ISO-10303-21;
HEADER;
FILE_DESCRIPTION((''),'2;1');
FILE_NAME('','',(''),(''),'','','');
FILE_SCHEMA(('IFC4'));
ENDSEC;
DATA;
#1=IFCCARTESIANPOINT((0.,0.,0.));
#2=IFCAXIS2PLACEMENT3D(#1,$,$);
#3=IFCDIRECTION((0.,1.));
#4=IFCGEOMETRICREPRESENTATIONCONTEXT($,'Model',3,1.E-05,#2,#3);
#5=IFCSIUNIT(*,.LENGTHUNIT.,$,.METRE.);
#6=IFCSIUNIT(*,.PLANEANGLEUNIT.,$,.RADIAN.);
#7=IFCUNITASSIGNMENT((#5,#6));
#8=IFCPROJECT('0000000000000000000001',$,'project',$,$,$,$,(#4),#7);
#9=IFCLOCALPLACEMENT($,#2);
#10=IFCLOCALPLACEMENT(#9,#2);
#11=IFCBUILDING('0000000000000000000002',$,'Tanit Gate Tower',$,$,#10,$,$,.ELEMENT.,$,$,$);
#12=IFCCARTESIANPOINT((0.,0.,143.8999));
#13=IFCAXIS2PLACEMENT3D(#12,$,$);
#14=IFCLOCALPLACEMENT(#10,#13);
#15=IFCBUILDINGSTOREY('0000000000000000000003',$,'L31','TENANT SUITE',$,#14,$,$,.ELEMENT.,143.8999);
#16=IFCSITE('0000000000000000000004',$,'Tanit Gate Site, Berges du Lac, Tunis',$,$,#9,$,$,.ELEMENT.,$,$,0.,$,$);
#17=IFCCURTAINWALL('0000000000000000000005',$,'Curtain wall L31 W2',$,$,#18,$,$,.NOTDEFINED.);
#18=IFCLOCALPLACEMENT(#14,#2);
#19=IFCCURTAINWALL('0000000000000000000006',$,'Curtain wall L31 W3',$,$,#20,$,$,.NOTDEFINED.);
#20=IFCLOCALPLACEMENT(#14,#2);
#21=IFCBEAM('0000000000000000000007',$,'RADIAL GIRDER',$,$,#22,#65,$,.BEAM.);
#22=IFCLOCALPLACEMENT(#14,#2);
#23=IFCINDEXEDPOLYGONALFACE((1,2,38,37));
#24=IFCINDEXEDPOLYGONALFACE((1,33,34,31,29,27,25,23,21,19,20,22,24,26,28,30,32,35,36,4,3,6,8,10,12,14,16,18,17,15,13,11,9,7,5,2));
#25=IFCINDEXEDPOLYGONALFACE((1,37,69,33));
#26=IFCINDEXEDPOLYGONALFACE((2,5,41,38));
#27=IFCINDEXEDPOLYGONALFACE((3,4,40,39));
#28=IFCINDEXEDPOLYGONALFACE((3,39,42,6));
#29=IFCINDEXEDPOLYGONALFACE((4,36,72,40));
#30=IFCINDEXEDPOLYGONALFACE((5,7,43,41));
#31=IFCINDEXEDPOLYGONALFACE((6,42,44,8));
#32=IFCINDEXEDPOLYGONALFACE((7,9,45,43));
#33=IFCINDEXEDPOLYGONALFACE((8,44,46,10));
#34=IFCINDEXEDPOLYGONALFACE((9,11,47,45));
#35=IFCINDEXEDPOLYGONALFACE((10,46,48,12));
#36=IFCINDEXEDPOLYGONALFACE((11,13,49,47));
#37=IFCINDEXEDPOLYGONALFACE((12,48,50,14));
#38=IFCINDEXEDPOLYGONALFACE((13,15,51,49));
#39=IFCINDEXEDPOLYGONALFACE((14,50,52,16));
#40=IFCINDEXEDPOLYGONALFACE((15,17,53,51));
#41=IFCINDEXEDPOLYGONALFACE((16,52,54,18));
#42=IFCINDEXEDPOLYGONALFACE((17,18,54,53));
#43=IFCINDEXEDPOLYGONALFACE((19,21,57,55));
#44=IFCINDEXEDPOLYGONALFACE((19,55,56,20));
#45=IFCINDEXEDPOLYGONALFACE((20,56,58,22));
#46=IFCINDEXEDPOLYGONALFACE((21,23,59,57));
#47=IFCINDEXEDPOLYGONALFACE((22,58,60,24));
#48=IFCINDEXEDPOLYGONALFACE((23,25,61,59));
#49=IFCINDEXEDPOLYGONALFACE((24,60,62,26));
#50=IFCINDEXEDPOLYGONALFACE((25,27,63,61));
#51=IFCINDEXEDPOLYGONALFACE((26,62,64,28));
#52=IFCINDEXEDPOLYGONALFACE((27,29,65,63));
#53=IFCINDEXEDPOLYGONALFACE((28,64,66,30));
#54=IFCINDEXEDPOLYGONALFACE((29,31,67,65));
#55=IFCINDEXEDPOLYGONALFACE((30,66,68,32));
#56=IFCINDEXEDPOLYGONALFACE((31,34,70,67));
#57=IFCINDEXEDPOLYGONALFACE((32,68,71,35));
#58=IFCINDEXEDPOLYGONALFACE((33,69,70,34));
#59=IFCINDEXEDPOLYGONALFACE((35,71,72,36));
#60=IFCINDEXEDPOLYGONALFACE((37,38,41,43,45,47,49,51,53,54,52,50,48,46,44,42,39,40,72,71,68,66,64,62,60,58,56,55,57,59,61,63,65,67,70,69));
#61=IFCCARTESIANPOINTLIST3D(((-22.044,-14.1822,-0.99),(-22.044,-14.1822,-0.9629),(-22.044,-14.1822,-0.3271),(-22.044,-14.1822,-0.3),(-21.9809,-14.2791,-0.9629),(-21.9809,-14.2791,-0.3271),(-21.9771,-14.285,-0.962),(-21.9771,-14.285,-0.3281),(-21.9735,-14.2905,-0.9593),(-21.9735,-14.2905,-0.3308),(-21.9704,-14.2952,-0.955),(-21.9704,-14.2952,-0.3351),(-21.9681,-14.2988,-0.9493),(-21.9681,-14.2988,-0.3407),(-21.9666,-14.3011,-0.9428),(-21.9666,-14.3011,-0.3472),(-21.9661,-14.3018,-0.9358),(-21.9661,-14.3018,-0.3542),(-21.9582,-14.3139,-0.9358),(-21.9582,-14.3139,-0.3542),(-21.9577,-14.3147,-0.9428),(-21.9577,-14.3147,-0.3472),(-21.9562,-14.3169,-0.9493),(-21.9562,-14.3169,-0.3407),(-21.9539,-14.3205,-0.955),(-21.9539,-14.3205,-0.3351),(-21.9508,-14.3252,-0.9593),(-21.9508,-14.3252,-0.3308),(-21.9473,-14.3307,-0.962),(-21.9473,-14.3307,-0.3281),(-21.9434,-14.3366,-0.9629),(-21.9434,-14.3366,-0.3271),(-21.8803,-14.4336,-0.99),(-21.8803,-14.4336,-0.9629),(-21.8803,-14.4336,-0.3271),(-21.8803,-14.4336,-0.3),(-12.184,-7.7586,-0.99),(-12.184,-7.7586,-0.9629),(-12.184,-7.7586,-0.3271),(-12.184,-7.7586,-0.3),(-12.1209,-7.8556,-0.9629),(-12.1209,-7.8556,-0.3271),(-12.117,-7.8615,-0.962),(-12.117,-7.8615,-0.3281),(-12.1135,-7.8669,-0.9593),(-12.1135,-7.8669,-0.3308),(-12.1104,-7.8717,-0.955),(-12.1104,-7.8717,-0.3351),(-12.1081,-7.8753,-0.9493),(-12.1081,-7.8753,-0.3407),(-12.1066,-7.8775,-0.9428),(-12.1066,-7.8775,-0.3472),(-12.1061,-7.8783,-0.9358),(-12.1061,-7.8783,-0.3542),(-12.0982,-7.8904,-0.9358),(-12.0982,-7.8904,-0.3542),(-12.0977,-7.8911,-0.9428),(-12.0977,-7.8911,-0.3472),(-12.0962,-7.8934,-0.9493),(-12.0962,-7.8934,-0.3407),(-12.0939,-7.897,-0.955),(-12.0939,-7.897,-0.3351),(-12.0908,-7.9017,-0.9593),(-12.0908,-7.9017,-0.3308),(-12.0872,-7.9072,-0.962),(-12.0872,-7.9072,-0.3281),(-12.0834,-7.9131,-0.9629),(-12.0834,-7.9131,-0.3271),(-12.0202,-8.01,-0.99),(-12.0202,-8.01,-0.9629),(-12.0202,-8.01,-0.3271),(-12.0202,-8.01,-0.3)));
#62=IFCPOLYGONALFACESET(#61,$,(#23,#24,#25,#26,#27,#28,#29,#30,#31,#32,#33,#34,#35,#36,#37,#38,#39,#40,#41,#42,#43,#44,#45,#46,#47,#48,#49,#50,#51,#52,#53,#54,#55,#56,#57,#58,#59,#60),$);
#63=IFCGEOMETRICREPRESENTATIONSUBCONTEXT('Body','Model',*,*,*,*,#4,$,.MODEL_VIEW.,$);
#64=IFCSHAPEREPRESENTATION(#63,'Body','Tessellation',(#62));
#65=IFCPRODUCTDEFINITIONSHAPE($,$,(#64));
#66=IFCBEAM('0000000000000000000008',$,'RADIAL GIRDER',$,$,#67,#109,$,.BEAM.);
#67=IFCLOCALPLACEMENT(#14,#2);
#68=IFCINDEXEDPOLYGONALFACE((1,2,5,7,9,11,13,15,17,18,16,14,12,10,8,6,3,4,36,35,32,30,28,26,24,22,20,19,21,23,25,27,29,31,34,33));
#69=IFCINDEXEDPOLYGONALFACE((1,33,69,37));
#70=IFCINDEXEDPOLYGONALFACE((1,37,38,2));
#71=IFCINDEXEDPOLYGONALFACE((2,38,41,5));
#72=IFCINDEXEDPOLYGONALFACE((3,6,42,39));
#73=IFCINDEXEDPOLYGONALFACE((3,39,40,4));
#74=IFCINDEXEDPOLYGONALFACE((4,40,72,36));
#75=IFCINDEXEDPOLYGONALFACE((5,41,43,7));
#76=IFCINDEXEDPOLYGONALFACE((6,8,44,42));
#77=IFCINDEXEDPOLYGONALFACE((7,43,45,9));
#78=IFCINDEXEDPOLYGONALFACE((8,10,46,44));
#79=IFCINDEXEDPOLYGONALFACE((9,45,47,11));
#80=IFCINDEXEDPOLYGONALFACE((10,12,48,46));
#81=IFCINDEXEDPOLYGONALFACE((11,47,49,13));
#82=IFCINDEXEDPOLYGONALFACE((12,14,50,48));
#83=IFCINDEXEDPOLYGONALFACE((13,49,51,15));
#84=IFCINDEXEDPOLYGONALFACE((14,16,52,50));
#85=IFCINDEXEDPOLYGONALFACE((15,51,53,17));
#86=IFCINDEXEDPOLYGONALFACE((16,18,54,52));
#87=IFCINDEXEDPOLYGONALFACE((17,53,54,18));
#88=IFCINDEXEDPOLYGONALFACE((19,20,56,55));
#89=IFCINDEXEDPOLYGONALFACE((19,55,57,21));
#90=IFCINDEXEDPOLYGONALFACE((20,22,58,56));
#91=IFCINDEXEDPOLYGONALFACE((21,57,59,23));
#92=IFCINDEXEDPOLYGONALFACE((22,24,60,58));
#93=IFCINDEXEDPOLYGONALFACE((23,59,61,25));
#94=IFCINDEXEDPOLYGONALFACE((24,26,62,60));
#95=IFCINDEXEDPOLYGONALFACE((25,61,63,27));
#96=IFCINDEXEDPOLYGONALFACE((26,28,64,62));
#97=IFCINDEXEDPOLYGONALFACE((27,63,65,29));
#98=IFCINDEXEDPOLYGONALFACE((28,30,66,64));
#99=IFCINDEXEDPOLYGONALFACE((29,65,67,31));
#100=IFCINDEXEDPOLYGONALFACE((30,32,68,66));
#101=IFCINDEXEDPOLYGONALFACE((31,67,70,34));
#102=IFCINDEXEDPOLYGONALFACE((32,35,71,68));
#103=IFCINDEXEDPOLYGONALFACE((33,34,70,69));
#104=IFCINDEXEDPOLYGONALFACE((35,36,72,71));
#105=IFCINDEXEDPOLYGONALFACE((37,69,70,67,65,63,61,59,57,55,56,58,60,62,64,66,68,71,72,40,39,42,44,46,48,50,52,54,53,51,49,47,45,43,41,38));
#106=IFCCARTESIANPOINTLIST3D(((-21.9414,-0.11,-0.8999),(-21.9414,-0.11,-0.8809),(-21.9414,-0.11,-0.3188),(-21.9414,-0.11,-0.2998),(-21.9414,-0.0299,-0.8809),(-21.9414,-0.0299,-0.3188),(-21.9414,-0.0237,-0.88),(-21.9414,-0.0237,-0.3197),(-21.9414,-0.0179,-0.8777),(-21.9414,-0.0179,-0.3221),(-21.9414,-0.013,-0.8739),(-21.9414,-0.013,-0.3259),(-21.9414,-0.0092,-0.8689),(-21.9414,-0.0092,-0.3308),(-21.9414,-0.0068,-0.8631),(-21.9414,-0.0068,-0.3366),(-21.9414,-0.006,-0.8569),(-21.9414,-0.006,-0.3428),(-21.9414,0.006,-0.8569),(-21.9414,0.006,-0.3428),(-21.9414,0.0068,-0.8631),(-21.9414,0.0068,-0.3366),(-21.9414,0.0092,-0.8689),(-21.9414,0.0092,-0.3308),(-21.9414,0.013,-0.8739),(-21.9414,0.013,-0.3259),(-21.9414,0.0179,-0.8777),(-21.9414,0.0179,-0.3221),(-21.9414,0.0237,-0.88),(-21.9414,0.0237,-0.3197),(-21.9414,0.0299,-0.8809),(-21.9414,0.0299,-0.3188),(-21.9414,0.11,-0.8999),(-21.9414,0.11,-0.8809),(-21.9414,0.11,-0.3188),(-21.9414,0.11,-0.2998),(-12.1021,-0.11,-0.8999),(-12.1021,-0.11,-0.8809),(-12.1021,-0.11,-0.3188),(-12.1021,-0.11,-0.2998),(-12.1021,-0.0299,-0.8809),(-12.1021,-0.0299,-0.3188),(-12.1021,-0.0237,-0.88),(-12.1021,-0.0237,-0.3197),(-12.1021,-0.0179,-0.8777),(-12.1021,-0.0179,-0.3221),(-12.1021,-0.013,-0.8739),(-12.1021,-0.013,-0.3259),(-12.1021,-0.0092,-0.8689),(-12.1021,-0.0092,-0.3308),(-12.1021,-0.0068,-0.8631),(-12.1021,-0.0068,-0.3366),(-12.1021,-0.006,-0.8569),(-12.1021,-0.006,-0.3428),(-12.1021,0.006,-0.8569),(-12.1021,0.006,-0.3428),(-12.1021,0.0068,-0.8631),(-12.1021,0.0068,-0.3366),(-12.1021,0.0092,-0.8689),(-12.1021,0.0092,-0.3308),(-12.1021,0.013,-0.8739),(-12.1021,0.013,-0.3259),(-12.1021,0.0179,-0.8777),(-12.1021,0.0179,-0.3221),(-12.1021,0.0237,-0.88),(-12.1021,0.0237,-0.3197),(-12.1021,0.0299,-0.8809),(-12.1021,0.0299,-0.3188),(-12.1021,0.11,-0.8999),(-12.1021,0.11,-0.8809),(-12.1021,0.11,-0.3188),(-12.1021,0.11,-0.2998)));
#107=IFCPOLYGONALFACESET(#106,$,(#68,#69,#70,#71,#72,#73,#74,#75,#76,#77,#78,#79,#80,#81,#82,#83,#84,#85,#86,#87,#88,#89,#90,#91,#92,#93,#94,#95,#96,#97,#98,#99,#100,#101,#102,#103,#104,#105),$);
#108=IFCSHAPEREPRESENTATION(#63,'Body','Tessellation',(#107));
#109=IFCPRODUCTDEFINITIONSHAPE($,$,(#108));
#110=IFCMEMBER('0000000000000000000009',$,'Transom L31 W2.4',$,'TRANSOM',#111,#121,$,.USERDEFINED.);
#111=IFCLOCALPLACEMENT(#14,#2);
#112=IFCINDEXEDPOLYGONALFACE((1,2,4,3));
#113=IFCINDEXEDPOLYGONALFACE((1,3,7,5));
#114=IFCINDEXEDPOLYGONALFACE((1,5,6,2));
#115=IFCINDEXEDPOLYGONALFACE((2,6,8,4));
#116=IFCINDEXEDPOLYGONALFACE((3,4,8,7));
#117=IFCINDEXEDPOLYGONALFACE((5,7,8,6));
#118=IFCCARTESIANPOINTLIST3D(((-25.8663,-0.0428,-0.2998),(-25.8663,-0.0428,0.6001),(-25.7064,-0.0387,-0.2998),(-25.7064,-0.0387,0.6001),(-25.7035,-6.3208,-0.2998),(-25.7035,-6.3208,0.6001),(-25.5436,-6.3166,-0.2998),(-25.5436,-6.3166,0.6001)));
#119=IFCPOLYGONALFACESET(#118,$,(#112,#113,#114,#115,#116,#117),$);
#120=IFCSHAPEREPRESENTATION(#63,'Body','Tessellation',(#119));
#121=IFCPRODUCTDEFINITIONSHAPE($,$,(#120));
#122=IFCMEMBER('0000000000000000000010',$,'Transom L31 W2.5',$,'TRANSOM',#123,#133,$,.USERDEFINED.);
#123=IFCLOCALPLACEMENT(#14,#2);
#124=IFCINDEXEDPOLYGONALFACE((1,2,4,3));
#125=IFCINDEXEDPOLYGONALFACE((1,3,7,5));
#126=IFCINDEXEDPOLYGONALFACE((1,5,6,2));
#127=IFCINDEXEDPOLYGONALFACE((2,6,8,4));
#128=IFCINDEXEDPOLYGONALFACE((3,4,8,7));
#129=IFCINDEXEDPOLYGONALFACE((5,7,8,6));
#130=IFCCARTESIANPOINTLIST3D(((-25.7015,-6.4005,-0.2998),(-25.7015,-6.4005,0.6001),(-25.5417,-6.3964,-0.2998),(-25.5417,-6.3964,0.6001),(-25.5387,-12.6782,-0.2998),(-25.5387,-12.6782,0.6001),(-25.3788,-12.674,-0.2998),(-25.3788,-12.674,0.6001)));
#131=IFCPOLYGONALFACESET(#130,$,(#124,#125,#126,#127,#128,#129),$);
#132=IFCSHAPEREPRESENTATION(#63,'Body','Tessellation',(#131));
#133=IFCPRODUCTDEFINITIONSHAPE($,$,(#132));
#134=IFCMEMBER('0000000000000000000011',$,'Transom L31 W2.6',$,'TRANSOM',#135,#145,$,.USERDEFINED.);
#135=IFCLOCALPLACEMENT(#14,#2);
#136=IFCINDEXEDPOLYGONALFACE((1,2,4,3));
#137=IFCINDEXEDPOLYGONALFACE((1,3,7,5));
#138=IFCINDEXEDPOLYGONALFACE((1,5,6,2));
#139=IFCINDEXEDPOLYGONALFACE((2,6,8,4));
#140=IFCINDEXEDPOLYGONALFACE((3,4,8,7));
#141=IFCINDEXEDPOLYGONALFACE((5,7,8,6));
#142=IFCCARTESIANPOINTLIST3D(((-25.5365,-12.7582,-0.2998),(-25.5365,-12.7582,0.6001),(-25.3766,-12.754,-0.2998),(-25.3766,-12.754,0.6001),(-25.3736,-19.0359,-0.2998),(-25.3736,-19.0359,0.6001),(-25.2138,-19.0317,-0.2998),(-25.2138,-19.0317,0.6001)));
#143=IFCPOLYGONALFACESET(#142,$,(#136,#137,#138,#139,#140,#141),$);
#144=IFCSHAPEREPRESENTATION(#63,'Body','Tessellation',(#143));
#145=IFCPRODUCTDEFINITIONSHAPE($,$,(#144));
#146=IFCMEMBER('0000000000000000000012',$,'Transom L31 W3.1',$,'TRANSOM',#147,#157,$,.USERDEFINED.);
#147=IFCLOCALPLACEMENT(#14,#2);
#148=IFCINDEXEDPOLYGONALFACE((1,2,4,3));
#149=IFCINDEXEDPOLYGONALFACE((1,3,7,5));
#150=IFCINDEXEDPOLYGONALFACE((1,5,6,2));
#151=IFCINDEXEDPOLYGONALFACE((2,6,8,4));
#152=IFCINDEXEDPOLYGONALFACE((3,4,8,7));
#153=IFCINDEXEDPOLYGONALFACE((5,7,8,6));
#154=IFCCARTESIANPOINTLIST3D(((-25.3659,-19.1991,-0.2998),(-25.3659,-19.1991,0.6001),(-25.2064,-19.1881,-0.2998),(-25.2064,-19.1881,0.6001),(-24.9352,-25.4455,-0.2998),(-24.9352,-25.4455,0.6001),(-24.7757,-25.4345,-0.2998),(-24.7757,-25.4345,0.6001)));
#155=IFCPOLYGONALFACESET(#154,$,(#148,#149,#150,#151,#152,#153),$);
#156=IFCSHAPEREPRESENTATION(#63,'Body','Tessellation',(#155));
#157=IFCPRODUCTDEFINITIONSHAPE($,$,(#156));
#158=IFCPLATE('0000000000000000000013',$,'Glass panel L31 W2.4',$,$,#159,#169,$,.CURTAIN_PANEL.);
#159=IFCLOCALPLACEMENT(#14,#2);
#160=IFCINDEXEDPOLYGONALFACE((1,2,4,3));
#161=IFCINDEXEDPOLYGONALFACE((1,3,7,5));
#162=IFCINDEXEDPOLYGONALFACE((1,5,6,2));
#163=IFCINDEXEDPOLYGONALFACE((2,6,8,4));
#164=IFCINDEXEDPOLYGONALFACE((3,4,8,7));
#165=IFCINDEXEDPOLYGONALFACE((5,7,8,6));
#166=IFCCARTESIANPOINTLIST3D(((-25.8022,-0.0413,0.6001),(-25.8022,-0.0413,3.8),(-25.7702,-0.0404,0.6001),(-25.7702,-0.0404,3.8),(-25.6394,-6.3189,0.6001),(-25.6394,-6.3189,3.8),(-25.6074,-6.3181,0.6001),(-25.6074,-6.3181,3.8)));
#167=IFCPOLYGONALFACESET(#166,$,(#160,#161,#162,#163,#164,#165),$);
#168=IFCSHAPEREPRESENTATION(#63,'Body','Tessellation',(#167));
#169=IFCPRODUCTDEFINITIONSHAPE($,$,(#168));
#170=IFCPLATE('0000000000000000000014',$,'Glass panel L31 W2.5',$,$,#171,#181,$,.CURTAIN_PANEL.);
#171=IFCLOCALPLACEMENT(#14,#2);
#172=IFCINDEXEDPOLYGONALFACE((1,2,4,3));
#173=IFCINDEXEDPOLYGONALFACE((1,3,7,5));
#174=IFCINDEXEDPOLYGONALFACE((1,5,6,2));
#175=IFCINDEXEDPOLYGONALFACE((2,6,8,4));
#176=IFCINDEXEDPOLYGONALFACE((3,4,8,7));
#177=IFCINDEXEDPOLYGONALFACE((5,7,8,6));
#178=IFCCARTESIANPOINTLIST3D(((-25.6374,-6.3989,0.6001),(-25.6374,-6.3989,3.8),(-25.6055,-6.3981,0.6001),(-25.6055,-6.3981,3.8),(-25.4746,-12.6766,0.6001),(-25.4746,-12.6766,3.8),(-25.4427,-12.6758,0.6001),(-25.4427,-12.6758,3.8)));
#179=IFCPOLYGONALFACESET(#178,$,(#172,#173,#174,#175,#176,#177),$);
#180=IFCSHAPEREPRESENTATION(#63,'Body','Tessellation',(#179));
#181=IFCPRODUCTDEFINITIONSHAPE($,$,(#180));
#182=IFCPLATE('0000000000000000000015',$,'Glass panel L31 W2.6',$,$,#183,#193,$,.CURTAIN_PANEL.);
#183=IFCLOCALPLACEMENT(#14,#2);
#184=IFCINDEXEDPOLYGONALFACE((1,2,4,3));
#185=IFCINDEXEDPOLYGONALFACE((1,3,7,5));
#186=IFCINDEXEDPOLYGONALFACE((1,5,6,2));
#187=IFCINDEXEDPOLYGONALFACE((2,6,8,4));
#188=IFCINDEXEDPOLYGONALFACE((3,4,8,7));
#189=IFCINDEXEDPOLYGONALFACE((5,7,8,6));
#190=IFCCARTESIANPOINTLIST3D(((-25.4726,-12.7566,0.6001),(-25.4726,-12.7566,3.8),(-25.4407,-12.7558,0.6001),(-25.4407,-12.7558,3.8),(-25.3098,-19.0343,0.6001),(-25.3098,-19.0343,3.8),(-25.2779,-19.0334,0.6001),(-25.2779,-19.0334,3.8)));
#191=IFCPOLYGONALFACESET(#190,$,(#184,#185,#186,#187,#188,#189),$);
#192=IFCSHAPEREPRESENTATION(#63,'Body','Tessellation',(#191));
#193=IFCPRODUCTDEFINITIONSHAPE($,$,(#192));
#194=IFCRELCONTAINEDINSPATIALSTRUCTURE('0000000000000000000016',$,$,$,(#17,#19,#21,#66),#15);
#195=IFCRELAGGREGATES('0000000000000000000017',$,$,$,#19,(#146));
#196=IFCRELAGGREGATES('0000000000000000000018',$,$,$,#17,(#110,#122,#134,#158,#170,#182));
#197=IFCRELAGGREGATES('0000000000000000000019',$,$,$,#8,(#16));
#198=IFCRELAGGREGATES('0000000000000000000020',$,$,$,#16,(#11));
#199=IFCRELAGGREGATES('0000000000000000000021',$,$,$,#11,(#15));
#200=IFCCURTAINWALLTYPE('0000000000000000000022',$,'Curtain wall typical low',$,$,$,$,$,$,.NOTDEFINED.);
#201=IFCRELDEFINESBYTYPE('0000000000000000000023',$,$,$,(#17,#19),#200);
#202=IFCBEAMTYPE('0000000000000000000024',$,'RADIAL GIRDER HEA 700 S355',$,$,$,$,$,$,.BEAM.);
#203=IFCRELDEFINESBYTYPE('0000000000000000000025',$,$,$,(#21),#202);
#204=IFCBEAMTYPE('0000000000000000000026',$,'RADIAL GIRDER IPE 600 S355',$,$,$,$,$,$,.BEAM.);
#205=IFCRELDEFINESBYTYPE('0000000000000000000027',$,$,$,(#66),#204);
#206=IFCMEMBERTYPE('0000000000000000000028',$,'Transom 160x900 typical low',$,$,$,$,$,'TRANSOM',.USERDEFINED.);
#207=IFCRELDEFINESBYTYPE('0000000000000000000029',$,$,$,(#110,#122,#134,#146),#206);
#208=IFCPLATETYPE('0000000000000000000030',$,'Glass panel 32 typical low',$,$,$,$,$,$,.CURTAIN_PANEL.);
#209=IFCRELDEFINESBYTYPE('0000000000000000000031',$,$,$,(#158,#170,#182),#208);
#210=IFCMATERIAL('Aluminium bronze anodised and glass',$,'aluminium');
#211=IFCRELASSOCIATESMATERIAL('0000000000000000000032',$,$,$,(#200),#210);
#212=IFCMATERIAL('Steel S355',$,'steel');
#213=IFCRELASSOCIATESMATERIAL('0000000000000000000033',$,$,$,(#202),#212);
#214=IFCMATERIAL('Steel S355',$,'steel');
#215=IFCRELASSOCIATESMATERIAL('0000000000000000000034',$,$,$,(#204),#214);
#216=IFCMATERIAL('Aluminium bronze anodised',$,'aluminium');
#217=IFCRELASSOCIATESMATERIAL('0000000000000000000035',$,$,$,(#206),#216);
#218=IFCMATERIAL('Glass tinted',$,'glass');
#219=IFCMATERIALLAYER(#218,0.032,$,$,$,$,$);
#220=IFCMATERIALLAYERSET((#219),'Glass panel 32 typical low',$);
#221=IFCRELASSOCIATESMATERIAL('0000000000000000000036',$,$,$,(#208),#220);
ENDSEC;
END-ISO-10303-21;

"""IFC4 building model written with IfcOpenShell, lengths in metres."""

from ifc_helpers import new_model, si_unit, direction, frame, origin, origin_2d, place, context, subcontext, project, spatial, rectangle, i_section, extrude, material, layer, layer_set, material_profile, profile_set, type_object, element, aggregate, save


model = new_model("IFC4")

# Units and contexts
model_context = context("Model", 3, precision=1e-05, world=origin(), true_north=direction((0.0, 1.0)))
body_context = subcontext(model_context, "Body", "Model", "MODEL_VIEW")
ifc_project = project(units=[si_unit("LENGTHUNIT", "METRE"), si_unit("PLANEANGLEUNIT", "RADIAN")], contexts=[model_context])

# Site, building, storey
site_placement = place(None, origin())
site = spatial("IfcSite", under=ifc_project, at=site_placement, Name="Tanit Gate Site, Berges du Lac, Tunis", CompositionType="ELEMENT", RefElevation=0.0)
building_placement = place(site_placement, origin())
building = spatial("IfcBuilding", under=site, at=building_placement, Name="Tanit Gate Tower", CompositionType="ELEMENT")
storey_placement = place(building_placement, frame((0.0, 0.0, 143.8999)))
storey = spatial("IfcBuildingStorey", under=building, at=storey_placement, Name="L31", Description="TENANT SUITE", CompositionType="ELEMENT", Elevation=143.8999)

# Curtain wall
ifc_material_1 = material(Name="Aluminium bronze anodised and glass", Category="aluminium")
curtain_wall_type = type_object("IfcCurtainWallType", Name="Curtain wall typical low", PredefinedType="NOTDEFINED", material=ifc_material_1)
curtain_wall_1_placement = place(storey_placement, origin())
curtain_wall_1 = element("IfcCurtainWall", 1, at=curtain_wall_1_placement, inside=storey, type_object=curtain_wall_type, Name="Curtain wall L31 W2", PredefinedType="NOTDEFINED")

# Curtain wall
curtain_wall_2_placement = place(storey_placement, origin())
curtain_wall_2 = element("IfcCurtainWall", 2, at=curtain_wall_2_placement, inside=storey, type_object=curtain_wall_type, Name="Curtain wall L31 W3", PredefinedType="NOTDEFINED")

# Beams
ifc_material_2 = material(Name="Steel S355", Category="steel")
ifc_material_profile_1 = material_profile(ifc_material_2, i_section(OverallWidth=0.3, OverallDepth=0.6899, WebThickness=0.0144, FlangeThickness=0.0271, FilletRadius=0.0271, at=origin_2d()), Name="HEA 700")
ifc_profile_set_1 = profile_set([ifc_material_profile_1], Name="Steel S355")
beam_type_1 = type_object("IfcBeamType", Name="RADIAL GIRDER HEA 700 S355", PredefinedType="BEAM", material=ifc_profile_set_1)
beam_1_placement = place(storey_placement, frame((-21.9622, -14.3079, -0.645), z_axis=(0.83788, 0.545855, 0.0), x_axis=(-0.545855, 0.83788, 0.0)))
element("IfcBeam", 3, at=beam_1_placement, inside=storey, type_object=beam_type_1, Name="RADIAL GIRDER", PredefinedType="BEAM", context=body_context, shape_type="SweptSolid", body=[
    extrude(i_section(OverallWidth=0.3, OverallDepth=0.6899, WebThickness=0.0144, FlangeThickness=0.0271, FilletRadius=0.0271, at=origin_2d()), origin(), (0.0, 0.0, 1.0), 11.7678),
])
ifc_material_3 = material(Name="Steel S355", Category="steel")
ifc_material_profile_2 = material_profile(ifc_material_3, i_section(OverallWidth=0.22, OverallDepth=0.6001, WebThickness=0.012, FlangeThickness=0.019, FilletRadius=0.0239, at=origin_2d()), Name="IPE 600")
ifc_profile_set_2 = profile_set([ifc_material_profile_2], Name="Steel S355")
beam_type_2 = type_object("IfcBeamType", Name="RADIAL GIRDER IPE 600 S355", PredefinedType="BEAM", material=ifc_profile_set_2)
beam_2_placement = place(storey_placement, frame((-21.9414, 0.0, -0.5999), z_axis=(1.0, 0.0, 0.0), x_axis=(0.0, 1.0, 0.0)))
element("IfcBeam", 4, at=beam_2_placement, inside=storey, type_object=beam_type_2, Name="RADIAL GIRDER", PredefinedType="BEAM", context=body_context, shape_type="SweptSolid", body=[
    extrude(i_section(OverallWidth=0.22, OverallDepth=0.6001, WebThickness=0.012, FlangeThickness=0.019, FilletRadius=0.0239, at=origin_2d()), origin(), (0.0, 0.0, 1.0), 9.8394),
])

# Members
ifc_material_4 = material(Name="Aluminium bronze anodised", Category="aluminium")
ifc_material_profile_3 = material_profile(ifc_material_4, rectangle(XDim=0.1599, YDim=0.8999, at=origin_2d()), Name="160x900 bronze transom")
ifc_profile_set_3 = profile_set([ifc_material_profile_3], Name="Aluminium bronze anodised")
member_type_1 = type_object("IfcMemberType", Name="Transom 160x900 typical low", ElementType="TRANSOM", PredefinedType="USERDEFINED", material=ifc_profile_set_3)
member_1_placement = place(storey_placement, frame((-25.7864, -0.0408, 0.1501), z_axis=(0.02593, -0.999664, 0.0), x_axis=(0.999664, 0.02593, 0.0)))
member_1 = element("IfcMember", 5, at=member_1_placement, type_object=member_type_1, Name="Transom L31 W2.4", ObjectType="TRANSOM", PredefinedType="USERDEFINED", context=body_context, shape_type="SweptSolid", body=[
    extrude(rectangle(XDim=0.1599, YDim=0.8999, at=origin_2d()), origin(), (0.0, 0.0, 1.0), 6.28),
])
member_2_placement = place(storey_placement, frame((-25.6216, -6.3984, 0.1501), z_axis=(0.025931, -0.999664, 0.0), x_axis=(0.999664, 0.025931, 0.0)))
member_2 = element("IfcMember", 6, at=member_2_placement, type_object=member_type_1, Name="Transom L31 W2.5", ObjectType="TRANSOM", PredefinedType="USERDEFINED", context=body_context, shape_type="SweptSolid", body=[
    extrude(rectangle(XDim=0.1599, YDim=0.8999, at=origin_2d()), origin(), (0.0, 0.0, 1.0), 6.2798),
])
member_3_placement = place(storey_placement, frame((-25.4565, -12.7561, 0.1501), z_axis=(0.025931, -0.999664, 0.0), x_axis=(0.999664, 0.025931, 0.0)))
member_3 = element("IfcMember", 7, at=member_3_placement, type_object=member_type_1, Name="Transom L31 W2.6", ObjectType="TRANSOM", PredefinedType="USERDEFINED", context=body_context, shape_type="SweptSolid", body=[
    extrude(rectangle(XDim=0.1599, YDim=0.8999, at=origin_2d()), origin(), (0.0, 0.0, 1.0), 6.2798),
])
member_4_placement = place(storey_placement, frame((-25.2861, -19.1936, 0.1501), z_axis=(0.068783, -0.997632, 0.0), x_axis=(0.997632, 0.068783, 0.0)))
member_4 = element("IfcMember", 8, at=member_4_placement, type_object=member_type_1, Name="Transom L31 W3.1", ObjectType="TRANSOM", PredefinedType="USERDEFINED", context=body_context, shape_type="SweptSolid", body=[
    extrude(rectangle(XDim=0.1599, YDim=0.8999, at=origin_2d()), origin(), (0.0, 0.0, 1.0), 6.2612),
])
aggregate(curtain_wall_2, [member_4])

# Plates
ifc_material_5 = material(Name="Glass tinted", Category="glass")
ifc_layer_1 = layer(ifc_material_5, 0.032)
ifc_layer_set_1 = layer_set([ifc_layer_1], Name="Glass panel 32 typical low")
plate_type = type_object("IfcPlateType", Name="Glass panel 32 typical low", PredefinedType="CURTAIN_PANEL", material=ifc_layer_set_1)
plate_1_placement = place(storey_placement, frame((-25.7048, -3.1797, 0.6001), z_axis=(0.0, 0.0, 1.0), x_axis=(0.025924, -0.999664, 0.0)))
plate_1 = element("IfcPlate", 9, at=plate_1_placement, type_object=plate_type, Name="Glass panel L31 W2.4", PredefinedType="CURTAIN_PANEL", context=body_context, shape_type="SweptSolid", body=[
    extrude(rectangle(XDim=6.2798, YDim=0.032, at=origin_2d()), origin(), (0.0, 0.0, 1.0), 3.2),
])
plate_2_placement = place(storey_placement, frame((-25.54, -9.5374, 0.6001), z_axis=(0.0, 0.0, 1.0), x_axis=(0.025924, -0.999664, 0.0)))
plate_2 = element("IfcPlate", 10, at=plate_2_placement, type_object=plate_type, Name="Glass panel L31 W2.5", PredefinedType="CURTAIN_PANEL", context=body_context, shape_type="SweptSolid", body=[
    extrude(rectangle(XDim=6.2798, YDim=0.032, at=origin_2d()), origin(), (0.0, 0.0, 1.0), 3.2),
])
plate_3_placement = place(storey_placement, frame((-25.3752, -15.895, 0.6001), z_axis=(0.0, 0.0, 1.0), x_axis=(0.025924, -0.999664, 0.0)))
plate_3 = element("IfcPlate", 11, at=plate_3_placement, type_object=plate_type, Name="Glass panel L31 W2.6", PredefinedType="CURTAIN_PANEL", context=body_context, shape_type="SweptSolid", body=[
    extrude(rectangle(XDim=6.2798, YDim=0.032, at=origin_2d()), origin(), (0.0, 0.0, 1.0), 3.2),
])
aggregate(curtain_wall_1, [member_1, member_2, member_3, plate_1, plate_2, plate_3])

save(model, "model.ifc")
